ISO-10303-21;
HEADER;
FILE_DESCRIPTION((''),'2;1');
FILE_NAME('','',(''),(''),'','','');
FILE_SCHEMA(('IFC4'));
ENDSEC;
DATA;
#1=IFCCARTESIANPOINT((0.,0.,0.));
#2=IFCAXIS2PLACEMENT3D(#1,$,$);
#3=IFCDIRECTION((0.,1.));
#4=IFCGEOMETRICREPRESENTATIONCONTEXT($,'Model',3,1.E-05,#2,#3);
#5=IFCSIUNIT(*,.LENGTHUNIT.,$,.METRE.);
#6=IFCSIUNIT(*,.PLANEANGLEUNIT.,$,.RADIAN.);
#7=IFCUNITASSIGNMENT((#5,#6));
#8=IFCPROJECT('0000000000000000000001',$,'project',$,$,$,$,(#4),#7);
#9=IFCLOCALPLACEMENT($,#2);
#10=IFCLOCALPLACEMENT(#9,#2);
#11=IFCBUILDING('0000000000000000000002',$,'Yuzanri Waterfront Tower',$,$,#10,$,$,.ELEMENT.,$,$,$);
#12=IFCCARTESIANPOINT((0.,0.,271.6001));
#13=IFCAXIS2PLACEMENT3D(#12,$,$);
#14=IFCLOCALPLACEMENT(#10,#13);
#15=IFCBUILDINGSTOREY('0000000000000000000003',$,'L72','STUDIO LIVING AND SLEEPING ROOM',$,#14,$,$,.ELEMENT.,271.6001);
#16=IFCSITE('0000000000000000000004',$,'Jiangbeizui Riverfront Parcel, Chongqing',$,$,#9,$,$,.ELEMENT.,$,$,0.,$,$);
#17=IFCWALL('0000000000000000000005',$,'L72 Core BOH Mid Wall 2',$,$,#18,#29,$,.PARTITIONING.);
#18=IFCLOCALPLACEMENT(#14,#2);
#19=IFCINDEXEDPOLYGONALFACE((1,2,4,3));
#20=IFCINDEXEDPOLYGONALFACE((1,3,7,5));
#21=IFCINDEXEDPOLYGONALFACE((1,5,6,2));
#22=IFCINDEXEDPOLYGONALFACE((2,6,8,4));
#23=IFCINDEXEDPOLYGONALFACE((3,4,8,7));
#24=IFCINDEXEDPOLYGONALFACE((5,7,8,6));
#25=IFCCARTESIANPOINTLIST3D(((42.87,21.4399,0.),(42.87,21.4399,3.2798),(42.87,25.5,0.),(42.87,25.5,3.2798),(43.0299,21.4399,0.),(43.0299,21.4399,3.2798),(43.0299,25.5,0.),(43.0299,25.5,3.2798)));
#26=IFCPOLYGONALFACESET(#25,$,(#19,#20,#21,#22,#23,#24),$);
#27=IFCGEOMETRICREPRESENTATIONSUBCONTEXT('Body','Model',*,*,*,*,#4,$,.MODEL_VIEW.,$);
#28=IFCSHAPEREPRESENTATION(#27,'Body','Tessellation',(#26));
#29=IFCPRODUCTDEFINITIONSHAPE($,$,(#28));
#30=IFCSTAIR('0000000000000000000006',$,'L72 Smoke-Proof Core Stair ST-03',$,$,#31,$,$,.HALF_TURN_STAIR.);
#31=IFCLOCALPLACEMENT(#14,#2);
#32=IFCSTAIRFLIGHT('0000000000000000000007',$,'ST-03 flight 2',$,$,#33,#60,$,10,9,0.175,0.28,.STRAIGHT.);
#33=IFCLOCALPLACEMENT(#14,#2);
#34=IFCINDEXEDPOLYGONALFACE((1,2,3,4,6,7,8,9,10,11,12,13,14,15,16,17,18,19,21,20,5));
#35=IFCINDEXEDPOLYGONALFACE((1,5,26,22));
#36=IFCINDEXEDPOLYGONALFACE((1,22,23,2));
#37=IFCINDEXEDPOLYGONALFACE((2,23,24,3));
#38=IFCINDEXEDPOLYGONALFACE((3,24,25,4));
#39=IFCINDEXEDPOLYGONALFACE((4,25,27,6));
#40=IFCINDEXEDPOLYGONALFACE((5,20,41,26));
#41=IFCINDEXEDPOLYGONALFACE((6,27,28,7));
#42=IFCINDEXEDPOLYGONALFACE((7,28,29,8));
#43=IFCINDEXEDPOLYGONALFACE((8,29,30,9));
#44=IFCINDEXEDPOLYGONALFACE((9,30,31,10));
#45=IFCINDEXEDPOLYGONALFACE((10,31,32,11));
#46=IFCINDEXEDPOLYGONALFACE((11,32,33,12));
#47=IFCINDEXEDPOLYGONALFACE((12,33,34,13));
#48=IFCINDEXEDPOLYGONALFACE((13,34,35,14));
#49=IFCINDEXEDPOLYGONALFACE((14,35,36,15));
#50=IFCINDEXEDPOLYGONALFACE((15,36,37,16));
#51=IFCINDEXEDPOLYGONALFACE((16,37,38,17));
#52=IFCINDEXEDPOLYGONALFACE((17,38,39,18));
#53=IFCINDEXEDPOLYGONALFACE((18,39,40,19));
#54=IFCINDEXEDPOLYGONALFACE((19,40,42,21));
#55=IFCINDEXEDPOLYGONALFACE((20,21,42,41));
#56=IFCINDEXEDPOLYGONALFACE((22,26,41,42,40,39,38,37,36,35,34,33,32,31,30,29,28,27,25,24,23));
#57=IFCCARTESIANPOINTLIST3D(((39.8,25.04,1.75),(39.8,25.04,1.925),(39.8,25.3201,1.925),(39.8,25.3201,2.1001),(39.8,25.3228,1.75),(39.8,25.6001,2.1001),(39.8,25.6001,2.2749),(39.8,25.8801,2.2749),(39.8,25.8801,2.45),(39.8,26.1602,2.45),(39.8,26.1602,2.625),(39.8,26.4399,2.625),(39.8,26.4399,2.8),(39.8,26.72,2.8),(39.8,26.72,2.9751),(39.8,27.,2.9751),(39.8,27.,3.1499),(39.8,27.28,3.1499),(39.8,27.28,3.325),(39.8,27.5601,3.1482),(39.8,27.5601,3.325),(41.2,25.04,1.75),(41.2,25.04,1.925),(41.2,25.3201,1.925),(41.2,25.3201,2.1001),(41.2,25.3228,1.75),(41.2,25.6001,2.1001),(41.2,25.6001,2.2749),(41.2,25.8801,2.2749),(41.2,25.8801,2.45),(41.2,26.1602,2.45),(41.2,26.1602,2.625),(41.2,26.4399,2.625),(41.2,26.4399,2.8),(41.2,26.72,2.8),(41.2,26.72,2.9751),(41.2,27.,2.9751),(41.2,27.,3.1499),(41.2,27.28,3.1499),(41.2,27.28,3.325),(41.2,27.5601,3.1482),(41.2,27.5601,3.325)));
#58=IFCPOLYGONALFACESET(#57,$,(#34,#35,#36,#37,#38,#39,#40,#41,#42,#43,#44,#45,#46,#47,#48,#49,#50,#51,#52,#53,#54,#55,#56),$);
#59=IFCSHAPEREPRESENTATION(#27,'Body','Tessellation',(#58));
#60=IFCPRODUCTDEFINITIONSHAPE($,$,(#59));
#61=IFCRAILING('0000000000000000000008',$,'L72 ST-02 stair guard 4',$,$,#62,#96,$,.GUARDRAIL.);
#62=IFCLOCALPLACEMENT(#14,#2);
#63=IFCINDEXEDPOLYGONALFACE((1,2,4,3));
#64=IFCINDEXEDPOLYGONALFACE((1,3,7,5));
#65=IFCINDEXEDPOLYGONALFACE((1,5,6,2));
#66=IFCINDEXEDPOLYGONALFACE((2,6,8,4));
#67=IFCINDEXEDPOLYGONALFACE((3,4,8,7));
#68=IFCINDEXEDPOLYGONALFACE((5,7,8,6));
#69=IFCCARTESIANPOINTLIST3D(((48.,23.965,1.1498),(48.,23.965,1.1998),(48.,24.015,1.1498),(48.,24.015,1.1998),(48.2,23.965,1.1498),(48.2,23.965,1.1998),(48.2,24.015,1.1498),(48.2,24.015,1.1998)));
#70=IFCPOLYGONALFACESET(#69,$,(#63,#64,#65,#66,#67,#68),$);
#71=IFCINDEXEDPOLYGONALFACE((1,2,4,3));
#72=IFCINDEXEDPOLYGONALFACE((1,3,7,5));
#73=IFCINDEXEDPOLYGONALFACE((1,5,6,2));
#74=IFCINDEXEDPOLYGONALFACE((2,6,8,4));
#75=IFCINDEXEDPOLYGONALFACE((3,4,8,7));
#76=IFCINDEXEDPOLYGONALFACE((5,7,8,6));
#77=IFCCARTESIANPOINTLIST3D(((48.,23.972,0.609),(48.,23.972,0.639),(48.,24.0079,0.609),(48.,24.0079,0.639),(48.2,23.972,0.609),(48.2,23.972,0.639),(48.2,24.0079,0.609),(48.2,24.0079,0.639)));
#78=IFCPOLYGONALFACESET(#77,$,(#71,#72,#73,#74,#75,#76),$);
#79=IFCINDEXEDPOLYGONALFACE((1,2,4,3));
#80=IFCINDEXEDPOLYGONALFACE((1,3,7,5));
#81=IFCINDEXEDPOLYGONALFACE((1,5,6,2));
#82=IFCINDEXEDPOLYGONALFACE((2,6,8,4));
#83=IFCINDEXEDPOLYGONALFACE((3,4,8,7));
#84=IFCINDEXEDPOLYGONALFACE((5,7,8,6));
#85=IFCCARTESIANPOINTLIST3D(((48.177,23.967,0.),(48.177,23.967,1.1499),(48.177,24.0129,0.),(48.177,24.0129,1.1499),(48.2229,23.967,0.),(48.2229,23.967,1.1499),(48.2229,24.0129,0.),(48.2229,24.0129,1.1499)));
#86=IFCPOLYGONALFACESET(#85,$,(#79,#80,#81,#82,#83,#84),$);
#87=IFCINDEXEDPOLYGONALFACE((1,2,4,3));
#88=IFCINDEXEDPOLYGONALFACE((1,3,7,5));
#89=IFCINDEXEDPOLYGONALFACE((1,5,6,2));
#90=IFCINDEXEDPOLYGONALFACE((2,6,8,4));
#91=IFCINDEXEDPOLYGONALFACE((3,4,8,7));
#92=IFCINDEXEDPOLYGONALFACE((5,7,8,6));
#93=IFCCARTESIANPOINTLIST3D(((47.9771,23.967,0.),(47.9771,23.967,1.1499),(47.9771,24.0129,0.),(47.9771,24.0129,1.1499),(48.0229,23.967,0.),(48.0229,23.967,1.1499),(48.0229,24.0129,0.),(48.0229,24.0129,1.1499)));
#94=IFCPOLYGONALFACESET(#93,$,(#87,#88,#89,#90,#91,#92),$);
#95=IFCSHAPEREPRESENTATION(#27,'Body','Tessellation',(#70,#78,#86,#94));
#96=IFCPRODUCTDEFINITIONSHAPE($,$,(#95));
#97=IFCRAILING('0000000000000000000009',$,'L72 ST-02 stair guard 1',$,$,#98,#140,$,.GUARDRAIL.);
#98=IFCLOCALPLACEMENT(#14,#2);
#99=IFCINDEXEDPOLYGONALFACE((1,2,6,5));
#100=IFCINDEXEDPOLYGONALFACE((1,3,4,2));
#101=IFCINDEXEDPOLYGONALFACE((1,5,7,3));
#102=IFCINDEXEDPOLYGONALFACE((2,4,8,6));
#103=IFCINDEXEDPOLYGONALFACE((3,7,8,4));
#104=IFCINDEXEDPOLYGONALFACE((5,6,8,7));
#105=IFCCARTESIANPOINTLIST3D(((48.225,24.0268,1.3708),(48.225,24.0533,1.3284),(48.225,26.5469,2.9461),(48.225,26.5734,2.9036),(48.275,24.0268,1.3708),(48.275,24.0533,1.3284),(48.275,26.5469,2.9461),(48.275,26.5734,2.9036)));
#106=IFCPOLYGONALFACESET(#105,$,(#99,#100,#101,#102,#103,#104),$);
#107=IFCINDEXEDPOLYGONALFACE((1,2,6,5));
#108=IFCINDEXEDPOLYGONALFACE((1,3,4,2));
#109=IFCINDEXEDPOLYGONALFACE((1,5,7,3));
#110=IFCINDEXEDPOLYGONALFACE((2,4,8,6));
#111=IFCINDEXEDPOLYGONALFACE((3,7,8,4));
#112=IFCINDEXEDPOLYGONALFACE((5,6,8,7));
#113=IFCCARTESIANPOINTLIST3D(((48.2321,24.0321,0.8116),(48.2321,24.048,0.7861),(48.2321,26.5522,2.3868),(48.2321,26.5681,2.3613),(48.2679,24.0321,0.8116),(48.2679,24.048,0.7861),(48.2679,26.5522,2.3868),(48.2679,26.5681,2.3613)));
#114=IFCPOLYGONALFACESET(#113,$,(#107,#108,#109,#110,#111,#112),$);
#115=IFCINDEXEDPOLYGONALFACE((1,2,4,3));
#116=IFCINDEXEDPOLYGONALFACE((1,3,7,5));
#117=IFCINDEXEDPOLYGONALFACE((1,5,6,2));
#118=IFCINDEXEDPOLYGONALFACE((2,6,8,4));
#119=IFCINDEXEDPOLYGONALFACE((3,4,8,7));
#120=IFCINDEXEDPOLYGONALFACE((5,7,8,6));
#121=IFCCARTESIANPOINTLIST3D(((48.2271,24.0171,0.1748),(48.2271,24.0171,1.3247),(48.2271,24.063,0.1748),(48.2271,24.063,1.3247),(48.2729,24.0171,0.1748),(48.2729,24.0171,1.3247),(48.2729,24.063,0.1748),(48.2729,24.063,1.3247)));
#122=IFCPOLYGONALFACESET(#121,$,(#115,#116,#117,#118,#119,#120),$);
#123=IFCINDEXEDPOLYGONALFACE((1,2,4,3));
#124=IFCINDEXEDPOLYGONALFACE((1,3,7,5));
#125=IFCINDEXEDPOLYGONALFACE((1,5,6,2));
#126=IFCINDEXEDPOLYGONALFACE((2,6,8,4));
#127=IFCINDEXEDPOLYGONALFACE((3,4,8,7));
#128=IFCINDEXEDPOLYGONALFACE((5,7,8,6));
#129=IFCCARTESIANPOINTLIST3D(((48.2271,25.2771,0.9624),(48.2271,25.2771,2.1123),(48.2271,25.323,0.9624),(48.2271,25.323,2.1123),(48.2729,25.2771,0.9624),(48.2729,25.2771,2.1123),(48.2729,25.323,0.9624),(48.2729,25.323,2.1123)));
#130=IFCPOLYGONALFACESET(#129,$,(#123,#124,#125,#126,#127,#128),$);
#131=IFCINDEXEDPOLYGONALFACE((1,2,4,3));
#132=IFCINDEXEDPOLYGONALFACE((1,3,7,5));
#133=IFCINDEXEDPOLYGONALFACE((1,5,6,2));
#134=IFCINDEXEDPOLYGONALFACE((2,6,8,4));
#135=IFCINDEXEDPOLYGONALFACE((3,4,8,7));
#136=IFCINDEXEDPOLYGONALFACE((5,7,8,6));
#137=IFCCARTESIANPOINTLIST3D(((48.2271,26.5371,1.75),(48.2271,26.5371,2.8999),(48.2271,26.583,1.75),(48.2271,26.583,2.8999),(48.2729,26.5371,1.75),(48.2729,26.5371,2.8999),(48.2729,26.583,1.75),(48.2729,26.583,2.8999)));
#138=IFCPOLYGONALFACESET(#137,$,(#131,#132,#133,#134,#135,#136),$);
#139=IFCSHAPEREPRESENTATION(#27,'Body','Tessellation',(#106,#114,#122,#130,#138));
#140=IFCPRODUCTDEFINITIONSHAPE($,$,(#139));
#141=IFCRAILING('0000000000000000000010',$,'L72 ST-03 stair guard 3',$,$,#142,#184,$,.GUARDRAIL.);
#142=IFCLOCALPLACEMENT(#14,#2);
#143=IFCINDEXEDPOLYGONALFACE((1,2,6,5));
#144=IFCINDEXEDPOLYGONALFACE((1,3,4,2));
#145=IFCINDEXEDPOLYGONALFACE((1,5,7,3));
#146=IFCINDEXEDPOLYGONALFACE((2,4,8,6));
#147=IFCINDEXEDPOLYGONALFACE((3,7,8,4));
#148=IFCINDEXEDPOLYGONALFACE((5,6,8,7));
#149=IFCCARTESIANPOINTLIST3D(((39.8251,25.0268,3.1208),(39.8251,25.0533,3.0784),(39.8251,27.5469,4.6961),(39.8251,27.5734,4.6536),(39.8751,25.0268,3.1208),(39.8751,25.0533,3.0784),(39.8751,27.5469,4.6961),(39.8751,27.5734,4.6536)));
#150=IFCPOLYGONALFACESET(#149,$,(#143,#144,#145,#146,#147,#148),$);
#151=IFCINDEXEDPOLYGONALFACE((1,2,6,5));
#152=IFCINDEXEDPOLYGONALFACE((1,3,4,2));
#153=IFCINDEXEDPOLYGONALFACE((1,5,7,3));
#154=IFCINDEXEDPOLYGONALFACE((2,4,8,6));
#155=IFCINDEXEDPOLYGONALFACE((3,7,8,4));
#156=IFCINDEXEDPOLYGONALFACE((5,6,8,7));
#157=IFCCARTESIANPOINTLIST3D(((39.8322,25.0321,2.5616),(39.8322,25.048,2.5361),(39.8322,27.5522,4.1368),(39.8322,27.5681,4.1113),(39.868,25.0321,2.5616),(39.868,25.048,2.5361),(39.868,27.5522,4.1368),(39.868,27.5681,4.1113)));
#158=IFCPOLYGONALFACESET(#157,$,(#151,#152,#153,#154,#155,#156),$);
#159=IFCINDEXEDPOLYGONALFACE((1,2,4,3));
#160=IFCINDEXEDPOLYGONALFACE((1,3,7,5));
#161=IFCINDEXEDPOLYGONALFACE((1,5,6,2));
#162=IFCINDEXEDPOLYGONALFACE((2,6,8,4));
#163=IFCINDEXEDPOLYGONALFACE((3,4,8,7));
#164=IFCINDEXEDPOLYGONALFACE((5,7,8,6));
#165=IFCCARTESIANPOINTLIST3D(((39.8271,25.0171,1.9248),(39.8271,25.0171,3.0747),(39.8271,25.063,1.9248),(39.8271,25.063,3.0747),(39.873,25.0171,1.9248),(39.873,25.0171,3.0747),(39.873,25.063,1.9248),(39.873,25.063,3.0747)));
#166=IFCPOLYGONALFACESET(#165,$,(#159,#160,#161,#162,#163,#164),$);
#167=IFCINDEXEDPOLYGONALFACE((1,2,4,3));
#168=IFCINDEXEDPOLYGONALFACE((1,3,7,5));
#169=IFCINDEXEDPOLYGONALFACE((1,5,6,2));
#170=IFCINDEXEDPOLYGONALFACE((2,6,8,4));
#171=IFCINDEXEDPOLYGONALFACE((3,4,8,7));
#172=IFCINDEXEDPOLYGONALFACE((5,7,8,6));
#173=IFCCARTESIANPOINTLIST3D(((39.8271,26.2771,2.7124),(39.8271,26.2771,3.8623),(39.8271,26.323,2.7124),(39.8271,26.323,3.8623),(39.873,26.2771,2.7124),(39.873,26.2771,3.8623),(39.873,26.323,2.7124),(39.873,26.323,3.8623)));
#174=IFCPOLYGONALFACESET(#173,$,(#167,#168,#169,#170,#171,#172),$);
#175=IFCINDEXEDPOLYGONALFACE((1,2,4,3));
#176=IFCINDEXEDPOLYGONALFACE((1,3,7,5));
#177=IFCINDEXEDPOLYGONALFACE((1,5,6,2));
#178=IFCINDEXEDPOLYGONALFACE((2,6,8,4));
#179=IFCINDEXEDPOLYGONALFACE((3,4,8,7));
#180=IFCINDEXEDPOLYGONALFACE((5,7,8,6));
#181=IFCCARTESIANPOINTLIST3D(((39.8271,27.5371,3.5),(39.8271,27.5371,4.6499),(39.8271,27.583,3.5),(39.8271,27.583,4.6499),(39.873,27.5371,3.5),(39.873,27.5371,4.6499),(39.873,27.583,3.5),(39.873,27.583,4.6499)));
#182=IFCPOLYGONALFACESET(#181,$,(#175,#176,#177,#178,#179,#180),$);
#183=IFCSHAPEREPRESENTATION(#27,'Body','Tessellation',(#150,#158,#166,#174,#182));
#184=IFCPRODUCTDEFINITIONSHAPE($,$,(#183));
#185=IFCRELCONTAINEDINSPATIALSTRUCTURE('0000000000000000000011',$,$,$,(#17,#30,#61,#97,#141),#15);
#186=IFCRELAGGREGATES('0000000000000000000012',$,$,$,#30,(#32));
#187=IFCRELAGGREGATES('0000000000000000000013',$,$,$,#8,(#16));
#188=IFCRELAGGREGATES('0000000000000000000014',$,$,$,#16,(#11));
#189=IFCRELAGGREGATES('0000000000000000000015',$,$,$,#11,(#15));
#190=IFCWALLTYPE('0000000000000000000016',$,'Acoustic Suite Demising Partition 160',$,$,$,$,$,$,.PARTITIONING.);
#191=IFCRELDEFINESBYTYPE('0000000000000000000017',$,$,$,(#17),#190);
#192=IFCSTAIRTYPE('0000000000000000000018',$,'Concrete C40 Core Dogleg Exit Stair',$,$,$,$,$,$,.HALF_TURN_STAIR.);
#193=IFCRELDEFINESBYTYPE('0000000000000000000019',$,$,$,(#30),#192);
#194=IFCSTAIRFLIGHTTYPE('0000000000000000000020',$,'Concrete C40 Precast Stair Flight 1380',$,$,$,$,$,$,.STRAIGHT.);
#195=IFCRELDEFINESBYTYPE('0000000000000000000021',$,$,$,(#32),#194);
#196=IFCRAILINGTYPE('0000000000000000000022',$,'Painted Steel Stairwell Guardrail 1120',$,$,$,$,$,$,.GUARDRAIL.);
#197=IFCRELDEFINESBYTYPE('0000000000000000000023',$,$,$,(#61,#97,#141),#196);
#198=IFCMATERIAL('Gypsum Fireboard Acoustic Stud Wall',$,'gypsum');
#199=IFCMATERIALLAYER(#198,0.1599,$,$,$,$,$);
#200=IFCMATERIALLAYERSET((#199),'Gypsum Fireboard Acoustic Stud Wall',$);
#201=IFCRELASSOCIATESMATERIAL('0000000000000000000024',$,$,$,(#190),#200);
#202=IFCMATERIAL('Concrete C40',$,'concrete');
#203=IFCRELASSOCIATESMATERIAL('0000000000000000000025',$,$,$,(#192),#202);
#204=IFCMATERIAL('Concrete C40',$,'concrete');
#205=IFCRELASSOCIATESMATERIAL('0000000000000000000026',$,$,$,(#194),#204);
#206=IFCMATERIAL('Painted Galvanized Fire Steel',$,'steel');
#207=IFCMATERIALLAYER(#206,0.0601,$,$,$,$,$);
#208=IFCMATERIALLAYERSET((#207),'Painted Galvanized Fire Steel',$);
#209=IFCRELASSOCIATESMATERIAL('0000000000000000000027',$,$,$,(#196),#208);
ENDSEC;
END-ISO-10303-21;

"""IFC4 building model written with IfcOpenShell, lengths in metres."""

from ifc_helpers import new_model, si_unit, direction, frame, frame_2d, origin, origin_2d, place, context, subcontext, project, spatial, polyline, rectangle, outline, extrude, source, transform, mapped, material, layer, layer_set, type_object, element, aggregate, save


model = new_model("IFC4")

# Units and contexts
model_context = context("Model", 3, precision=1e-05, world=origin(), true_north=direction((0.0, 1.0)))
body_context = subcontext(model_context, "Body", "Model", "MODEL_VIEW")
ifc_project = project(units=[si_unit("LENGTHUNIT", "METRE"), si_unit("PLANEANGLEUNIT", "RADIAN")], contexts=[model_context])

# Site, building, storey
site_placement = place(None, origin())
site = spatial("IfcSite", under=ifc_project, at=site_placement, Name="Jiangbeizui Riverfront Parcel, Chongqing", CompositionType="ELEMENT", RefElevation=0.0)
building_placement = place(site_placement, origin())
building = spatial("IfcBuilding", under=site, at=building_placement, Name="Yuzanri Waterfront Tower", CompositionType="ELEMENT")
storey_placement = place(building_placement, frame((0.0, 0.0, 271.6001)))
storey = spatial("IfcBuildingStorey", under=building, at=storey_placement, Name="L72", Description="STUDIO LIVING AND SLEEPING ROOM", CompositionType="ELEMENT", Elevation=271.6001)

# Wall
ifc_material_1 = material(Name="Gypsum Fireboard Acoustic Stud Wall", Category="gypsum")
ifc_layer_1 = layer(ifc_material_1, 0.1599)
ifc_layer_set_1 = layer_set([ifc_layer_1], Name="Gypsum Fireboard Acoustic Stud Wall")
wall_type_1 = type_object("IfcWallType", Name="Acoustic Suite Demising Partition 160", PredefinedType="PARTITIONING", material=ifc_layer_set_1)
shared_shape_1 = source(origin(), body_context, "Body", "SweptSolid", [
    extrude(rectangle(XDim=4.0601, YDim=0.1599, at=frame_2d((2.03, 0.0))), origin(), (0.0, 0.0, 1.0), 3.2798),
])
wall_1_placement = place(storey_placement, frame((42.95, 21.4399, 0.0), z_axis=(0.0, 0.0, 1.0), x_axis=(0.0, 1.0, 0.0)))
element("IfcWall", 1, at=wall_1_placement, inside=storey, type_object=wall_type_1, Name="L72 Core BOH Mid Wall 2", PredefinedType="PARTITIONING", context=body_context, shape_type="MappedRepresentation", body=[
    mapped(shared_shape_1, transform((0.0, 0.0, 0.0), scale=1.0)),
])

# Stair, stair flight
ifc_material_2 = material(Name="Concrete C40", Category="concrete")
stair_type = type_object("IfcStairType", Name="Concrete C40 Core Dogleg Exit Stair", PredefinedType="HALF_TURN_STAIR", material=ifc_material_2)
stair_placement = place(storey_placement, origin())
stair = element("IfcStair", 2, at=stair_placement, inside=storey, type_object=stair_type, Name="L72 Smoke-Proof Core Stair ST-03", PredefinedType="HALF_TURN_STAIR")
ifc_material_3 = material(Name="Concrete C40", Category="concrete")
stair_flight_type = type_object("IfcStairFlightType", Name="Concrete C40 Precast Stair Flight 1380", PredefinedType="STRAIGHT", material=ifc_material_3)
shared_shape_2 = source(origin(), body_context, "Body", "SweptSolid", [
    extrude(outline(polyline([(0.0, 0.0), (0.0, 0.175), (0.28, 0.175), (0.28, 0.3501), (0.5601, 0.3501), (0.5601, 0.5249), (0.8401, 0.5249), (0.8401, 0.7), (1.1201, 0.7), (1.1201, 0.875), (1.3999, 0.875), (1.3999, 1.05), (1.6799, 1.05), (1.6799, 1.2251), (1.96, 1.2251), (1.96, 1.3999), (2.24, 1.3999), (2.24, 1.575), (2.52, 1.575), (2.52, 1.75), (2.52, 1.3982), (0.2827, 0.0), (0.0, 0.0)])), frame((0.0, 0.7, 0.0), z_axis=(0.0, -1.0, 0.0), x_axis=(1.0, 0.0, 0.0)), (0.0, 0.0, 1.0), 1.3999),
])
stair_flight_placement = place(storey_placement, frame((40.5, 25.04, 1.75), z_axis=(0.0, 0.0, 1.0), x_axis=(0.0, 1.0, 0.0)))
stair_flight = element("IfcStairFlight", 3, at=stair_flight_placement, type_object=stair_flight_type, Name="ST-03 flight 2", NumberOfRisers=10, NumberOfTreads=9, PredefinedType="STRAIGHT", RiserHeight=0.175, TreadLength=0.28, context=body_context, shape_type="MappedRepresentation", body=[
    mapped(shared_shape_2, transform((0.0, 0.0, 0.0), scale=1.0)),
])
aggregate(stair, [stair_flight])

# Railings
ifc_material_4 = material(Name="Painted Galvanized Fire Steel", Category="steel")
ifc_layer_2 = layer(ifc_material_4, 0.0601)
ifc_layer_set_2 = layer_set([ifc_layer_2], Name="Painted Galvanized Fire Steel")
railing_type = type_object("IfcRailingType", Name="Painted Steel Stairwell Guardrail 1120", PredefinedType="GUARDRAIL", material=ifc_layer_set_2)
shared_shape_3 = source(origin(), body_context, "Body", "SweptSolid", [
    extrude(rectangle(XDim=0.05, YDim=0.05, at=origin_2d()), frame((0.0, 0.0, 1.1748), z_axis=(-1.0, 0.0, 0.0), x_axis=(0.0, -1.0, 0.0)), (0.0, 0.0, 1.0), 0.2),
    extrude(rectangle(XDim=0.0359, YDim=0.03, at=origin_2d()), frame((0.0, 0.0, 0.624), z_axis=(-1.0, 0.0, 0.0), x_axis=(0.0, -1.0, 0.0)), (0.0, 0.0, 1.0), 0.2),
    extrude(rectangle(XDim=0.0459, YDim=0.0459, at=origin_2d()), origin(), (0.0, 0.0, 1.0), 1.1499),
    extrude(rectangle(XDim=0.0459, YDim=0.0459, at=origin_2d()), frame((-0.2, 0.0, 0.0)), (0.0, 0.0, 1.0), 1.1499),
])
railing_1_placement = place(storey_placement, frame((48.2, 23.99, 0.0)))
element("IfcRailing", 4, at=railing_1_placement, inside=storey, type_object=railing_type, Name="L72 ST-02 stair guard 4", PredefinedType="GUARDRAIL", context=body_context, shape_type="MappedRepresentation", body=[
    mapped(shared_shape_3, transform((0.0, 0.0, 0.0), scale=1.0)),
])
shared_shape_4 = source(origin(), body_context, "Body", "SweptSolid", [
    extrude(rectangle(XDim=0.05, YDim=0.05, at=origin_2d()), frame((0.0, 0.0, 1.1748), z_axis=(0.0, 0.847971, 0.530043), x_axis=(-1.0, 0.0, 0.0)), (0.0, 0.0, 1.0), 2.9719),
    extrude(rectangle(XDim=0.0359, YDim=0.03, at=origin_2d()), frame((0.0, 0.0, 0.624), z_axis=(0.0, 0.847971, 0.530043), x_axis=(-1.0, 0.0, 0.0)), (0.0, 0.0, 1.0), 2.9719),
    extrude(rectangle(XDim=0.0459, YDim=0.0459, at=origin_2d()), origin(), (0.0, 0.0, 1.0), 1.1499),
    extrude(rectangle(XDim=0.0459, YDim=0.0459, at=origin_2d()), frame((0.0, 1.26, 0.7876)), (0.0, 0.0, 1.0), 1.1499),
    extrude(rectangle(XDim=0.0459, YDim=0.0459, at=origin_2d()), frame((0.0, 2.52, 1.5752)), (0.0, 0.0, 1.0), 1.1499),
])
for number, where, name in (
    (5, (48.25, 24.04, 0.1748), "L72 ST-02 stair guard 1"),
    (6, (39.8501, 25.04, 1.9248), "L72 ST-03 stair guard 3"),
):
    element("IfcRailing", number, at=place(storey_placement, frame(where)), inside=storey, type_object=railing_type, Name=name, PredefinedType="GUARDRAIL", context=body_context, shape_type="MappedRepresentation", body=[
        mapped(shared_shape_4, transform((0.0, 0.0, 0.0), scale=1.0)),
    ])

save(model, "model.ifc")
